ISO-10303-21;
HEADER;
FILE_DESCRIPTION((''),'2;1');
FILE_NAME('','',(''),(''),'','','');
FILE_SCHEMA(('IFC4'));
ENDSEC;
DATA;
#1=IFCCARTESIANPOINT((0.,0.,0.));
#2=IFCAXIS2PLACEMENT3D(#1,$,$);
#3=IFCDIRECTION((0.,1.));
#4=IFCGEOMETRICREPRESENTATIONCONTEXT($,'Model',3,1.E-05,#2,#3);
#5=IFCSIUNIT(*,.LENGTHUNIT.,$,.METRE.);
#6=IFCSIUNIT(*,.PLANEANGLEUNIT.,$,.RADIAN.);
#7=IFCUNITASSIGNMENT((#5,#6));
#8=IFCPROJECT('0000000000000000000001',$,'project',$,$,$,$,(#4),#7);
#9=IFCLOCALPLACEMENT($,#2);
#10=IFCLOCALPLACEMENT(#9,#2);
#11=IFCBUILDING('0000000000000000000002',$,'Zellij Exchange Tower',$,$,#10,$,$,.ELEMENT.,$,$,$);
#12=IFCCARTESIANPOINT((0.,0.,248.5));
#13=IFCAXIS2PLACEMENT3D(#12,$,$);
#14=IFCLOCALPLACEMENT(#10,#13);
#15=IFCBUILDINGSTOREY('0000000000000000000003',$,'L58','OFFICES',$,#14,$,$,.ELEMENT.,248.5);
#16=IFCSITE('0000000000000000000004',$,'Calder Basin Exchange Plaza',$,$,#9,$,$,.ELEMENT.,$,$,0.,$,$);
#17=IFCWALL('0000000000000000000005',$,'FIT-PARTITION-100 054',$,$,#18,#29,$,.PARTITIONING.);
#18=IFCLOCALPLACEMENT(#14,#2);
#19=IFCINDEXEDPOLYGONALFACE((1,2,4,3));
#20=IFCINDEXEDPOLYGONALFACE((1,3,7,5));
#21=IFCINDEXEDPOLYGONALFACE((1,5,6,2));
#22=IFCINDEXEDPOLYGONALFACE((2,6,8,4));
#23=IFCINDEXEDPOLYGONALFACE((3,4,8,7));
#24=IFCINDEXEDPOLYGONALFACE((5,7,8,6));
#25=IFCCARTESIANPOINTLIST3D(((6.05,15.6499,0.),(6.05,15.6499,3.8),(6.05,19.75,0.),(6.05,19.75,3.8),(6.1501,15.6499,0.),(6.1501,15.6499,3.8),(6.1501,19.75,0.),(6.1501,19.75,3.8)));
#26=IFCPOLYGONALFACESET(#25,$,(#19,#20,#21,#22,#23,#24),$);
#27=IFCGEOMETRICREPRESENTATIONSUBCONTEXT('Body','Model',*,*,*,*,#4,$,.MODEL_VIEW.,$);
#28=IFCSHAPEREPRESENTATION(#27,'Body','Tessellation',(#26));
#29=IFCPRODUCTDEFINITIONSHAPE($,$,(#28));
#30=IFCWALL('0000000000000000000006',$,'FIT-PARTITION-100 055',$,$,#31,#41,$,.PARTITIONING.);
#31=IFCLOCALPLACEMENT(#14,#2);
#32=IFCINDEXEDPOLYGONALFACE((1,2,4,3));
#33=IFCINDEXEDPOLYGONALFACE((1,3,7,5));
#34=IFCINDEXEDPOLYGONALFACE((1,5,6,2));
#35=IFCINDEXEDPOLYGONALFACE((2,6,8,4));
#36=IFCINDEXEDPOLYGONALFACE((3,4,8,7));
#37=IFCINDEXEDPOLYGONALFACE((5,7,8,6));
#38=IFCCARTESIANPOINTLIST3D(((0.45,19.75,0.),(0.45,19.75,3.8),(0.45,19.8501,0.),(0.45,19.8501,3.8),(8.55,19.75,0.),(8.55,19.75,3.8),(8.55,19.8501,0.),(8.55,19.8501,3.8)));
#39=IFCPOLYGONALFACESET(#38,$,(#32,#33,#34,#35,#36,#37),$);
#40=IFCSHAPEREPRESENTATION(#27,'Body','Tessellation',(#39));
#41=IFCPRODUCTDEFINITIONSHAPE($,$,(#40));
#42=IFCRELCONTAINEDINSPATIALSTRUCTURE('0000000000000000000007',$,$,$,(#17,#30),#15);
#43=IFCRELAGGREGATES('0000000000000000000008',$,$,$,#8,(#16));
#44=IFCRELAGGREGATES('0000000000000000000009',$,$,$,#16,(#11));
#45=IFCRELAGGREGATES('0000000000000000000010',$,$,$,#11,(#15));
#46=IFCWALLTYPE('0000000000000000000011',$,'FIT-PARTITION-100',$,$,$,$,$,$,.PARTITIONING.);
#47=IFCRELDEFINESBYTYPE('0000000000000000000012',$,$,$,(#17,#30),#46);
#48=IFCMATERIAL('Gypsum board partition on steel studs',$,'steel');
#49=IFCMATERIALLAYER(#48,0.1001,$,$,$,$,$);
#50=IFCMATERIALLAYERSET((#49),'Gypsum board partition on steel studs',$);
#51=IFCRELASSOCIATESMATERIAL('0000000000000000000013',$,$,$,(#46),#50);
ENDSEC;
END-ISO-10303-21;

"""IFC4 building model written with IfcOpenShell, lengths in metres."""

from ifc_helpers import new_model, si_unit, direction, frame, frame_2d, origin, place, context, subcontext, project, spatial, rectangle, extrude, material, layer, layer_set, type_object, element, save


model = new_model("IFC4")

# Units and contexts
model_context = context("Model", 3, precision=1e-05, world=origin(), true_north=direction((0.0, 1.0)))
body_context = subcontext(model_context, "Body", "Model", "MODEL_VIEW")
ifc_project = project(units=[si_unit("LENGTHUNIT", "METRE"), si_unit("PLANEANGLEUNIT", "RADIAN")], contexts=[model_context])

# Site, building, storey
site_placement = place(None, origin())
site = spatial("IfcSite", under=ifc_project, at=site_placement, Name="Calder Basin Exchange Plaza", CompositionType="ELEMENT", RefElevation=0.0)
building_placement = place(site_placement, origin())
building = spatial("IfcBuilding", under=site, at=building_placement, Name="Zellij Exchange Tower", CompositionType="ELEMENT")
storey_placement = place(building_placement, frame((0.0, 0.0, 248.5)))
storey = spatial("IfcBuildingStorey", under=building, at=storey_placement, Name="L58", Description="OFFICES", CompositionType="ELEMENT", Elevation=248.5)

# Shared definitions
ifc_material_1 = material(Name="Gypsum board partition on steel studs", Category="steel")
ifc_layer = layer(ifc_material_1, 0.1001)
ifc_layer_set = layer_set([ifc_layer], Name="Gypsum board partition on steel studs")
wall_type = type_object("IfcWallType", Name="FIT-PARTITION-100", PredefinedType="PARTITIONING", material=ifc_layer_set)

# Walls
for number, where, z_axis, x_axis, name in (
    (1, (6.1001, 15.6499, 0.0), (0.0, 0.0, 1.0), (0.0, 1.0, 0.0), "FIT-PARTITION-100 054"),
):
    element("IfcWall", number, at=place(storey_placement, frame(where, z_axis=z_axis, x_axis=x_axis)), inside=storey, type_object=wall_type, Name=name, PredefinedType="PARTITIONING", context=body_context, shape_type="SweptSolid", body=[
        extrude(rectangle(XDim=4.1001, YDim=0.1001, at=frame_2d((2.05, 0.0))), origin(), (0.0, 0.0, 1.0), 3.8),
    ])
wall_1_placement = place(storey_placement, frame((0.45, 19.8, 0.0), z_axis=(0.0, 0.0, 1.0), x_axis=(1.0, 0.0, 0.0)))
element("IfcWall", 2, at=wall_1_placement, inside=storey, type_object=wall_type, Name="FIT-PARTITION-100 055", PredefinedType="PARTITIONING", context=body_context, shape_type="SweptSolid", body=[
    extrude(rectangle(XDim=8.1001, YDim=0.1001, at=frame_2d((4.05, 0.0))), origin(), (0.0, 0.0, 1.0), 3.8),
])

save(model, "model.ifc")
